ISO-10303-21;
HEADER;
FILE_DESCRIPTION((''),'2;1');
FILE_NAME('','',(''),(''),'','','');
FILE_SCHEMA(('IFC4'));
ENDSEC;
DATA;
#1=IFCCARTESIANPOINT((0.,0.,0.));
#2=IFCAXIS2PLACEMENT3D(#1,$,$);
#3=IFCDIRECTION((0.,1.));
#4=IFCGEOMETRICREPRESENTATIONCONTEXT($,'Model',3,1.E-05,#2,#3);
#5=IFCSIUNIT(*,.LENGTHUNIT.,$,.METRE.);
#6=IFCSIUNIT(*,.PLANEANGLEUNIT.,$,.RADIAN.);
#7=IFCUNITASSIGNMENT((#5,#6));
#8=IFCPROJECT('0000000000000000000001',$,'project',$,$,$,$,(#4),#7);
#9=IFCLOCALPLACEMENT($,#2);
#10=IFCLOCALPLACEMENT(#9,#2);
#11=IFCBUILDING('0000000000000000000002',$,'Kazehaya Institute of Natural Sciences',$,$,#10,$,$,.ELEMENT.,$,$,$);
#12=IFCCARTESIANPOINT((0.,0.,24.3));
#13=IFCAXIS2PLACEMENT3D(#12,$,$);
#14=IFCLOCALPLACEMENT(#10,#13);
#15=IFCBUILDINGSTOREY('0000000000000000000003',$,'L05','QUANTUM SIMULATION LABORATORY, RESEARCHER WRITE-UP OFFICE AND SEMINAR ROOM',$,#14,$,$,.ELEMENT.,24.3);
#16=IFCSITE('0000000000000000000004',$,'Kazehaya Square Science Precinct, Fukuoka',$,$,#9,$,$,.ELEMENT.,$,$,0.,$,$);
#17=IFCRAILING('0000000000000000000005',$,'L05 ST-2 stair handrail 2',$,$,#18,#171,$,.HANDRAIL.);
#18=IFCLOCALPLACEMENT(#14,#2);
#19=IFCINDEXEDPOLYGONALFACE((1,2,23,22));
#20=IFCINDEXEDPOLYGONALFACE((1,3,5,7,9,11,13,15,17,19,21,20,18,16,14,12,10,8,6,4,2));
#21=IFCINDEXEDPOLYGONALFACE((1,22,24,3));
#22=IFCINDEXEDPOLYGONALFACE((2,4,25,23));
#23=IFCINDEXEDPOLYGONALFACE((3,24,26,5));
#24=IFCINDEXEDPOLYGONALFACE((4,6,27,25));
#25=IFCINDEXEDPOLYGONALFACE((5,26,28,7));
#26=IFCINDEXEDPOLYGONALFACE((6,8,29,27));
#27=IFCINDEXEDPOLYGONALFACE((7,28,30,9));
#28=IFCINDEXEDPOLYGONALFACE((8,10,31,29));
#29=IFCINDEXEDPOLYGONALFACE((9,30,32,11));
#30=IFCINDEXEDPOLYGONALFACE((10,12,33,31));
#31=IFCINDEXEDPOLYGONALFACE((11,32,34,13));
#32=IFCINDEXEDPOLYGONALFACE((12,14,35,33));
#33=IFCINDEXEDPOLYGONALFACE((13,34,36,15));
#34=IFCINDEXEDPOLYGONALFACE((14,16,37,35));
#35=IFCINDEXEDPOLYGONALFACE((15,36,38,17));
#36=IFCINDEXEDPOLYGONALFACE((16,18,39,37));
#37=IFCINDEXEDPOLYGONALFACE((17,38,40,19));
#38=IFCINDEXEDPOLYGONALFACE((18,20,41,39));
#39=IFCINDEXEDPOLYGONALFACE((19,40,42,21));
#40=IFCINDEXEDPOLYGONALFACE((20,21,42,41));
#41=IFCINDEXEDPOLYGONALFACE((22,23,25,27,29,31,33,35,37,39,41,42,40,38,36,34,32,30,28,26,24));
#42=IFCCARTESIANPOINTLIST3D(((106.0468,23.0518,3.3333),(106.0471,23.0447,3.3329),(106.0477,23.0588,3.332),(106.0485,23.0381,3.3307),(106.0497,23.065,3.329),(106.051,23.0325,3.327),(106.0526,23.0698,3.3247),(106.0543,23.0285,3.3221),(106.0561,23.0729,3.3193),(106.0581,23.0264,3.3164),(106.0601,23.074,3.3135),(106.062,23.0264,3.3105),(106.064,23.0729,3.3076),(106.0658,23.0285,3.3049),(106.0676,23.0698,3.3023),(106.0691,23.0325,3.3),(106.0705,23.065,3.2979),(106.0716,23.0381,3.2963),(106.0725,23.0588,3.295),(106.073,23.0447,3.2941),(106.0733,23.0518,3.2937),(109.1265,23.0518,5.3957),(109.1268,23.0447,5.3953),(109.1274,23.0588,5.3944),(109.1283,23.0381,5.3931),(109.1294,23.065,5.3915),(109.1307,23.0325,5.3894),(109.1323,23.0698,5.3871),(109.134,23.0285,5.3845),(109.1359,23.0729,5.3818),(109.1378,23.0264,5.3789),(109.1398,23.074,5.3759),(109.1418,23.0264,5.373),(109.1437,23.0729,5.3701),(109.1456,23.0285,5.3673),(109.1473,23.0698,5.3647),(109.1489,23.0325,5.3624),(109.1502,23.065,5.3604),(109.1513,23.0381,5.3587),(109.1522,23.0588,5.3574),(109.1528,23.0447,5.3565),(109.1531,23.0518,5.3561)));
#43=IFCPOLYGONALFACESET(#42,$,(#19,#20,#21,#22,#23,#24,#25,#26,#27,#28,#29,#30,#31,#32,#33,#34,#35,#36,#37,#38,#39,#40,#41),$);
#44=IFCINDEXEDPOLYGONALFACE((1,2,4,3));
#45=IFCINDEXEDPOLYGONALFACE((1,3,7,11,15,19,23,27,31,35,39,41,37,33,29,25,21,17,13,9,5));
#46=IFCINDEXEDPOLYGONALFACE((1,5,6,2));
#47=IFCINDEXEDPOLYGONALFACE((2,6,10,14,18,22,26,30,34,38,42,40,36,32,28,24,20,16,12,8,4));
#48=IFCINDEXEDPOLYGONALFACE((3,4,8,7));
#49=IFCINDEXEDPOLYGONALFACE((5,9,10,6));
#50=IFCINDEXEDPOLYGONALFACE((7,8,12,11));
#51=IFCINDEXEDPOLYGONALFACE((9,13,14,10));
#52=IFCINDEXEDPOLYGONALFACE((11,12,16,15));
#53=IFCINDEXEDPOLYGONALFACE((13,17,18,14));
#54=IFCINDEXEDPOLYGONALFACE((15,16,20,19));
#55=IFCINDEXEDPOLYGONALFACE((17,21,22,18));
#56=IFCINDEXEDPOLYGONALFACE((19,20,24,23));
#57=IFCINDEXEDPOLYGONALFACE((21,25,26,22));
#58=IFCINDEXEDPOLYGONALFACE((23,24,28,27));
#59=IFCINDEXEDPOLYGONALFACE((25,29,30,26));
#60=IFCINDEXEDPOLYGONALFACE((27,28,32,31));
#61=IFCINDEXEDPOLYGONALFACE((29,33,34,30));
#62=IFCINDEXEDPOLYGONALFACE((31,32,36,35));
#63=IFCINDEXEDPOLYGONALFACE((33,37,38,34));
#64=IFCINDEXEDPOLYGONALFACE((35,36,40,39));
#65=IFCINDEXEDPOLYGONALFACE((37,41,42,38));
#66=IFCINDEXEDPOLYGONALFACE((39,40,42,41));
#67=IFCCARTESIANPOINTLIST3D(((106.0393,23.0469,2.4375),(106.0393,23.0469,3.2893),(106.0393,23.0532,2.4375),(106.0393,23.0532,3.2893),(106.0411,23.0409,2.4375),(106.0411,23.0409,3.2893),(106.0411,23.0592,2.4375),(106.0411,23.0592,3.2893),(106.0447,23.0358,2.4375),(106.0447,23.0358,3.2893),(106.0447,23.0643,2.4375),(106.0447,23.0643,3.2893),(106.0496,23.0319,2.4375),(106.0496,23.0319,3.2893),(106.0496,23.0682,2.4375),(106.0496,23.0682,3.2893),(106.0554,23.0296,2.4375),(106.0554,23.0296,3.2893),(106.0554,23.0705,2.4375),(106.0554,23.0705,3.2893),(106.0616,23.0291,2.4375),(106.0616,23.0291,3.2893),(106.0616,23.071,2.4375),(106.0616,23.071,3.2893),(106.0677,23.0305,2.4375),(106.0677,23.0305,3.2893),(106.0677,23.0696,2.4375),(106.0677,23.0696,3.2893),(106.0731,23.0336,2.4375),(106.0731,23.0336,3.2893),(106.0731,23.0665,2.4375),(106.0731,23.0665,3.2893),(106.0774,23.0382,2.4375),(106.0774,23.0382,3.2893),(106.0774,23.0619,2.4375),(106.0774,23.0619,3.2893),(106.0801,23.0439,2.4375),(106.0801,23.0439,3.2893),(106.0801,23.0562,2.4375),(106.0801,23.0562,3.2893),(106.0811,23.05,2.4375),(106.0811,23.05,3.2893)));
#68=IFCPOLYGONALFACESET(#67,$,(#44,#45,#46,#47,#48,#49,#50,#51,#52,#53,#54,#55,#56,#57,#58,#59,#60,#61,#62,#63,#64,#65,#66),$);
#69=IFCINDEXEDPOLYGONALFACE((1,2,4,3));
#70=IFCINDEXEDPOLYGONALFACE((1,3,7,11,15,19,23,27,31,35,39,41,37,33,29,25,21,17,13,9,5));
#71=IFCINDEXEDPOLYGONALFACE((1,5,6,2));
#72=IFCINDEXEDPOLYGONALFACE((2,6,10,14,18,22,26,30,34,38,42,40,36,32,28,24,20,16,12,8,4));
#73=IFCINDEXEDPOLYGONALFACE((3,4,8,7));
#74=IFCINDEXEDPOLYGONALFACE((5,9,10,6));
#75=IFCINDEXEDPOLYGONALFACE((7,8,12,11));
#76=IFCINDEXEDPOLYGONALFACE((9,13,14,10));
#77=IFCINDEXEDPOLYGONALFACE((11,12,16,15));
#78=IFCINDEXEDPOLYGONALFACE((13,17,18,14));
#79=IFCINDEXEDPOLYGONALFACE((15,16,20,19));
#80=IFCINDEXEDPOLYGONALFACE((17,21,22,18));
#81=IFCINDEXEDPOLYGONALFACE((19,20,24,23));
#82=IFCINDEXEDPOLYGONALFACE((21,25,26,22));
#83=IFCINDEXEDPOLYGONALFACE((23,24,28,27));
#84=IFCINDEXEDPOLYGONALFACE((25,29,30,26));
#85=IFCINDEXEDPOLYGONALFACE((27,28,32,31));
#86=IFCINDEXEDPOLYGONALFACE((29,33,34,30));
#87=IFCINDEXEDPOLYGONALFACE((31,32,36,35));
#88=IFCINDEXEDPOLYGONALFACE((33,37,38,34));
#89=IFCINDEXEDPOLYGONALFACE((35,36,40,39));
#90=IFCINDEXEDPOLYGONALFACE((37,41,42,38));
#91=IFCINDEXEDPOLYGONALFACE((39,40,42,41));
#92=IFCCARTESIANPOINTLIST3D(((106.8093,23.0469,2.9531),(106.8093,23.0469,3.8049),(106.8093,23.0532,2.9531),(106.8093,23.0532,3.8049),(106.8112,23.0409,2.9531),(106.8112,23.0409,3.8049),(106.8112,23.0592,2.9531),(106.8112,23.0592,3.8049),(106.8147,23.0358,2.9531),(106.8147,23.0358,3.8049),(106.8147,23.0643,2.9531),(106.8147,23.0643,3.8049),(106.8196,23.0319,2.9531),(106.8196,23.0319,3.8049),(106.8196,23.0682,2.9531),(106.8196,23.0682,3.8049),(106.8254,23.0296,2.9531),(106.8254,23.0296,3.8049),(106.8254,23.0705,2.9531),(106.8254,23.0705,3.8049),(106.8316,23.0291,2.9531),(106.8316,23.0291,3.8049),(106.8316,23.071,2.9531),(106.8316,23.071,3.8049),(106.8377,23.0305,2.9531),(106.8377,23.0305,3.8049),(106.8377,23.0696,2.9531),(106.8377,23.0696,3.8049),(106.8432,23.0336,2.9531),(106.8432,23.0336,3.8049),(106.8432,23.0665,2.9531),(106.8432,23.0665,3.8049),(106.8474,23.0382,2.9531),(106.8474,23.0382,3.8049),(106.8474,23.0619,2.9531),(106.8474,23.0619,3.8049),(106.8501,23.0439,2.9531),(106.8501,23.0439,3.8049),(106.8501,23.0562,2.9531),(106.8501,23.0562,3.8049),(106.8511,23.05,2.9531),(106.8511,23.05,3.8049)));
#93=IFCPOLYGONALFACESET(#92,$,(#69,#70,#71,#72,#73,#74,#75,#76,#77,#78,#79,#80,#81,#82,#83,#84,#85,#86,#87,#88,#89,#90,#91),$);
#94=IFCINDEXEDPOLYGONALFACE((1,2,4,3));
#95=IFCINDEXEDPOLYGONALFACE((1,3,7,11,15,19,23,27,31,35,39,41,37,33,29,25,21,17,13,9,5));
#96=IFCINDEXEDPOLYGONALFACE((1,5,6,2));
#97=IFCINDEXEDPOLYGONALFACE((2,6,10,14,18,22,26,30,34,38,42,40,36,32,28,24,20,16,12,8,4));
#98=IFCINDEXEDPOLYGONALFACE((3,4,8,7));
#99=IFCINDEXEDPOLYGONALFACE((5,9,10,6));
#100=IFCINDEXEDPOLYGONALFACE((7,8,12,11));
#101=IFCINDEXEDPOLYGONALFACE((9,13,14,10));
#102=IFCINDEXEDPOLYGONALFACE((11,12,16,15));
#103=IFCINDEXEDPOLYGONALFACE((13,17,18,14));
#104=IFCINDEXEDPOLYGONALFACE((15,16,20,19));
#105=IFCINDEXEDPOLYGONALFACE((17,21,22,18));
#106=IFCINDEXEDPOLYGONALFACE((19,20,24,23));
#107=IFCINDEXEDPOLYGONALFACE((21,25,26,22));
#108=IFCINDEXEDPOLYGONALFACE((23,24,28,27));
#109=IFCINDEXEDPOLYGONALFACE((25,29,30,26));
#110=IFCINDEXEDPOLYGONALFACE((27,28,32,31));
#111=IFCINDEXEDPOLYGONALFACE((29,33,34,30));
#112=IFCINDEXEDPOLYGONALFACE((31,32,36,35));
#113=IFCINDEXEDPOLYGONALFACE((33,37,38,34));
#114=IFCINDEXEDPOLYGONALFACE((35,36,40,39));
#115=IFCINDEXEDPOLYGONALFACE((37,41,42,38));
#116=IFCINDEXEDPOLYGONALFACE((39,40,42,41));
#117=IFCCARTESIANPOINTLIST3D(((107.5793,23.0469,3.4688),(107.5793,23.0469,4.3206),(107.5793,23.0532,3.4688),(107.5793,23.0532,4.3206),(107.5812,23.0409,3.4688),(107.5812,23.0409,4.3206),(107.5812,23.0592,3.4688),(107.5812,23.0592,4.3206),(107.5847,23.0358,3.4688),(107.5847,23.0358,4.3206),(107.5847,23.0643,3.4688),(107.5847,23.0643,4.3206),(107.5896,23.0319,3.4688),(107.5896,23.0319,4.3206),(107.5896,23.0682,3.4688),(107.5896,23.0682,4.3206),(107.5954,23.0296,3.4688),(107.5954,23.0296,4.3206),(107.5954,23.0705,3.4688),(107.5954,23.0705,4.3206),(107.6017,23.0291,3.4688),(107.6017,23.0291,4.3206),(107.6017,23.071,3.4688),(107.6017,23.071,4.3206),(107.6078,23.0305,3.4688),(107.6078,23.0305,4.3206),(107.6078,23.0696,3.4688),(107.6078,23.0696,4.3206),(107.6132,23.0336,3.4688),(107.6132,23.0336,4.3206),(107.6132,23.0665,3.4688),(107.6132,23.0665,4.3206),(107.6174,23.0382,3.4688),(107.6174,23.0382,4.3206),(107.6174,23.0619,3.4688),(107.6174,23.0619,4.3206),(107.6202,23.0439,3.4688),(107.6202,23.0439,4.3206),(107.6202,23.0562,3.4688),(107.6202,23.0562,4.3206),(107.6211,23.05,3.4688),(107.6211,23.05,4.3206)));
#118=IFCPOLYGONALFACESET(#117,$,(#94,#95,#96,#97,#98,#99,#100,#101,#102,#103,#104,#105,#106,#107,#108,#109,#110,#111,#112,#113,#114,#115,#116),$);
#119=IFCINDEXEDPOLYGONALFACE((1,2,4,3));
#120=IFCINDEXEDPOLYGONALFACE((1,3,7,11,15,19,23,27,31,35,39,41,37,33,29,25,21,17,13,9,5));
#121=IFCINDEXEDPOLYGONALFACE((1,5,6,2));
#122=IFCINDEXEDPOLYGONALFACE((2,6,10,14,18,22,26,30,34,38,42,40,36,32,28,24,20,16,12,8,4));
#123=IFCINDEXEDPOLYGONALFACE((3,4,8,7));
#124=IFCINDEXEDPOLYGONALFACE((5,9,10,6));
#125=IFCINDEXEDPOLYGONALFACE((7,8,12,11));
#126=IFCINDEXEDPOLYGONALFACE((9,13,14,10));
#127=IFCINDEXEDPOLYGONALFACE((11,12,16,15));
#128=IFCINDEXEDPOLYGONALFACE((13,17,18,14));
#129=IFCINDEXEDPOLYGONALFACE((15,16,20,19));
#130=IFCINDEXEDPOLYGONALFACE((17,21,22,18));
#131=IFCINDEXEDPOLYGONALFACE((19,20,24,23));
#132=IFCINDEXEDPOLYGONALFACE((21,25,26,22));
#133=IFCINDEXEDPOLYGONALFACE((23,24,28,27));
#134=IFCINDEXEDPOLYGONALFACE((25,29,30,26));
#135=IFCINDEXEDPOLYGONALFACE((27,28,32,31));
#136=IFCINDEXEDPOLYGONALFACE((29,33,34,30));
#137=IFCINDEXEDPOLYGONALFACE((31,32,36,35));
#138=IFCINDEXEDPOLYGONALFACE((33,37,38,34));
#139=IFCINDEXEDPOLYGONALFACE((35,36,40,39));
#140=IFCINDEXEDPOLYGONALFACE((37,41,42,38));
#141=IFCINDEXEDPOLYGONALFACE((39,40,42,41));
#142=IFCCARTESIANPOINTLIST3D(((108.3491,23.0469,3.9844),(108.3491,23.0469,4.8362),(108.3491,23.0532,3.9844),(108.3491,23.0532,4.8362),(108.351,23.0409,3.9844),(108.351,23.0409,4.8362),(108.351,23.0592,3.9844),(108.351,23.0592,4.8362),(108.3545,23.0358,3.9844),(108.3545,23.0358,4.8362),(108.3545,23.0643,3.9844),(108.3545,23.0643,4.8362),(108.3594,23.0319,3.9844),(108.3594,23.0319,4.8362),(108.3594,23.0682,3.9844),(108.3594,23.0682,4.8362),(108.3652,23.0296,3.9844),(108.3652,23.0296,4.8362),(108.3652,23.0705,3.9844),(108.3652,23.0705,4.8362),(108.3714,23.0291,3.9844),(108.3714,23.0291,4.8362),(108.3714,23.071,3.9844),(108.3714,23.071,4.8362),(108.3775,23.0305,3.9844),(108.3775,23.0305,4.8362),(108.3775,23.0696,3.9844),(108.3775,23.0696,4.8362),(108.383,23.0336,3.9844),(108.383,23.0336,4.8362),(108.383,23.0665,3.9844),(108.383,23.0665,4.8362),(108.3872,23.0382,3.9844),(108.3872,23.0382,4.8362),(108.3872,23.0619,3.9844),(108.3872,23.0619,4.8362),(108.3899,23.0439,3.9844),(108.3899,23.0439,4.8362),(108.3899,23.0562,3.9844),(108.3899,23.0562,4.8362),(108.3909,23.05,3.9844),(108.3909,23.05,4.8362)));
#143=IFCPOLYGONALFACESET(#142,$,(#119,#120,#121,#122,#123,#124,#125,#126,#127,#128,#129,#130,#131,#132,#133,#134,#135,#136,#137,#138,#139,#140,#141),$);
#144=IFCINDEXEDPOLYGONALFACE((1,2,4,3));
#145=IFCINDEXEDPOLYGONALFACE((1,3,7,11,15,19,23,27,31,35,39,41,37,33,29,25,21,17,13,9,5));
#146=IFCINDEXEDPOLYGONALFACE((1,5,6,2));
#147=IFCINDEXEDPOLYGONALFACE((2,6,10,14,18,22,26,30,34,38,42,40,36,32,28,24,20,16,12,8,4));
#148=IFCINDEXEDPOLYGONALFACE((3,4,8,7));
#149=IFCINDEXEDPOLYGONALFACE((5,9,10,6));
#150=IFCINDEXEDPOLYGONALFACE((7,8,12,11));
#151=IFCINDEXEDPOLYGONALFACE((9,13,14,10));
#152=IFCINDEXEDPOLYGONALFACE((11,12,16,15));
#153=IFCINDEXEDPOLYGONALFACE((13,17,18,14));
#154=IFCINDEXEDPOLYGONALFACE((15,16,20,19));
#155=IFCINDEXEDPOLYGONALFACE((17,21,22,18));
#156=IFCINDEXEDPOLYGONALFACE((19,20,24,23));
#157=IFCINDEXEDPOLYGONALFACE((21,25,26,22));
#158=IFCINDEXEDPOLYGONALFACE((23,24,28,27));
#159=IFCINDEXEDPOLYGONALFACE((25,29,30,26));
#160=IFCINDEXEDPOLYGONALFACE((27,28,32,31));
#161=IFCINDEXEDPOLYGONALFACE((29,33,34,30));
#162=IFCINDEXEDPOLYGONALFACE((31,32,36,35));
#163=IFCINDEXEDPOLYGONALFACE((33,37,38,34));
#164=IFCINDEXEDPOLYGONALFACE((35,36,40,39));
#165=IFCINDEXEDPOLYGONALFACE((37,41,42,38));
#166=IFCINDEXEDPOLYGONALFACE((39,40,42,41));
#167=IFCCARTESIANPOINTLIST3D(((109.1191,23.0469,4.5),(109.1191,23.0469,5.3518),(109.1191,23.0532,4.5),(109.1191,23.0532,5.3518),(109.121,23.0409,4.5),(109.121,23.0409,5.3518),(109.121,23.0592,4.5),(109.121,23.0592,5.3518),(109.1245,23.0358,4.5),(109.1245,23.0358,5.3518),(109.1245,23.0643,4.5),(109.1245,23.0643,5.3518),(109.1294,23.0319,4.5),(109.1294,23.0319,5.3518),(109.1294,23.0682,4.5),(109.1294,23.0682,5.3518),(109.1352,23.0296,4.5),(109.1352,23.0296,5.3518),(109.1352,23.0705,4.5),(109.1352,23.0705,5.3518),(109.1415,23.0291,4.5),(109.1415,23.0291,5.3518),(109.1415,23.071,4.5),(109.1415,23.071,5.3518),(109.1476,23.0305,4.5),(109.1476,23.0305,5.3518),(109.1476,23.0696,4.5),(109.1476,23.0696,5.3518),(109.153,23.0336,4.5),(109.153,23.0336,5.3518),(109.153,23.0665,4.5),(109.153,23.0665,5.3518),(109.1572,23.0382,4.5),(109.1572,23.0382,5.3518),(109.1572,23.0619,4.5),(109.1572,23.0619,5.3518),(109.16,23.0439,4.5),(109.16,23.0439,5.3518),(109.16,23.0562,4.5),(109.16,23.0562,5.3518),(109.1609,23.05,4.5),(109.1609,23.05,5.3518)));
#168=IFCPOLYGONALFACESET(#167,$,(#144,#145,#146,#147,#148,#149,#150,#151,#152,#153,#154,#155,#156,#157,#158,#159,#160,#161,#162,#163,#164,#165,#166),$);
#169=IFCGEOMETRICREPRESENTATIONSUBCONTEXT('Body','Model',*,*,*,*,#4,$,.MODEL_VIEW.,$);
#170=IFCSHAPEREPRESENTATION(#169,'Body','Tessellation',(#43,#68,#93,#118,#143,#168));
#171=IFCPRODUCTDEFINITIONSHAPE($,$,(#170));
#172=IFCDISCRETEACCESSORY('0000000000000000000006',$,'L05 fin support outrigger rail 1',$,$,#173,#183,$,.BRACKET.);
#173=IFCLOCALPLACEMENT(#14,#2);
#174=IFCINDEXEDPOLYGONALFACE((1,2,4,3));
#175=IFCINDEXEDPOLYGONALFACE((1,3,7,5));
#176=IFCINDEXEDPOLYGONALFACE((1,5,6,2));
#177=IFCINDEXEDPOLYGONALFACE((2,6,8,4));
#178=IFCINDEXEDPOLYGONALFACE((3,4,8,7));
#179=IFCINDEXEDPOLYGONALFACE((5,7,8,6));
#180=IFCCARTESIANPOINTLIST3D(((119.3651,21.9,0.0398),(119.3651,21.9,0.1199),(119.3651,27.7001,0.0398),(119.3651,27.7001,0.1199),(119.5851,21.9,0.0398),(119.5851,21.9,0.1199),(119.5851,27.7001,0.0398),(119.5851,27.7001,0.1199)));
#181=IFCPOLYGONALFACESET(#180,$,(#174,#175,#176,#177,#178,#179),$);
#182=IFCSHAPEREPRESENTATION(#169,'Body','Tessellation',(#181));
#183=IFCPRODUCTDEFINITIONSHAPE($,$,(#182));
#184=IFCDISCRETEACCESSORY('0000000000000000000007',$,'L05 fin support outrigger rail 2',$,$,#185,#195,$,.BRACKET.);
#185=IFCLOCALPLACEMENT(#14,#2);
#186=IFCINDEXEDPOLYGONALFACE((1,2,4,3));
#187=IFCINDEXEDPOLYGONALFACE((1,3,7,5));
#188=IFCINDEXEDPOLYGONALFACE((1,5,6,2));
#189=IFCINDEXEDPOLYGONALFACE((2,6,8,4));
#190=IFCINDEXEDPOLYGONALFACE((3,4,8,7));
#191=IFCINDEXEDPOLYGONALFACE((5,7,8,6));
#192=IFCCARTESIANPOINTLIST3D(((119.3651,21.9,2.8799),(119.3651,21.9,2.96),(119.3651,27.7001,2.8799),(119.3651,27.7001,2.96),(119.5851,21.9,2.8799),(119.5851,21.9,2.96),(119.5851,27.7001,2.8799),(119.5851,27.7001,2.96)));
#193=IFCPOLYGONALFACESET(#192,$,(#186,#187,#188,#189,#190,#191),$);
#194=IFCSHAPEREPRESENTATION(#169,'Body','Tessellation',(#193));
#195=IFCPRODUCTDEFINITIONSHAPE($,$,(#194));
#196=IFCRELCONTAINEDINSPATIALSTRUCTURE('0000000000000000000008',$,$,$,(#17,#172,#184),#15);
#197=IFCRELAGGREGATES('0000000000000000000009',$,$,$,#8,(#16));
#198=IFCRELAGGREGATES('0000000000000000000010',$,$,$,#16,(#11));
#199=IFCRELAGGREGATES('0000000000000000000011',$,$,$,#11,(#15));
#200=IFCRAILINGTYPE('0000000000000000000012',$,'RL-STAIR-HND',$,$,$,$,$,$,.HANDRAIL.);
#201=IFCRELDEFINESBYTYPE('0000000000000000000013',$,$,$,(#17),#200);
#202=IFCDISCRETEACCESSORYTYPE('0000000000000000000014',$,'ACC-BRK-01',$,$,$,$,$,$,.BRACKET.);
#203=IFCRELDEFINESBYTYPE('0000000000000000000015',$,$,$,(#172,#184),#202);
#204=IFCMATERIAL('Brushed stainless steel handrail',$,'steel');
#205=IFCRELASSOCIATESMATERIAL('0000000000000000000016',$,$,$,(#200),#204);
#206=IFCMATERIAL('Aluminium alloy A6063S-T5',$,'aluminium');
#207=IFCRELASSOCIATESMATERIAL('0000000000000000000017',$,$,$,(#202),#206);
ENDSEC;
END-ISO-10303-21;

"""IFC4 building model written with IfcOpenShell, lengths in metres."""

from ifc_helpers import new_model, si_unit, direction, frame, origin, origin_2d, place, context, subcontext, project, spatial, rectangle, circle, extrude, material, type_object, element, save


model = new_model("IFC4")

# Units and contexts
model_context = context("Model", 3, precision=1e-05, world=origin(), true_north=direction((0.0, 1.0)))
body_context = subcontext(model_context, "Body", "Model", "MODEL_VIEW")
ifc_project = project(units=[si_unit("LENGTHUNIT", "METRE"), si_unit("PLANEANGLEUNIT", "RADIAN")], contexts=[model_context])

# Site, building, storey
site_placement = place(None, origin())
site = spatial("IfcSite", under=ifc_project, at=site_placement, Name="Kazehaya Square Science Precinct, Fukuoka", CompositionType="ELEMENT", RefElevation=0.0)
building_placement = place(site_placement, origin())
building = spatial("IfcBuilding", under=site, at=building_placement, Name="Kazehaya Institute of Natural Sciences", CompositionType="ELEMENT")
storey_placement = place(building_placement, frame((0.0, 0.0, 24.3)))
storey = spatial("IfcBuildingStorey", under=building, at=storey_placement, Name="L05", Description="QUANTUM SIMULATION LABORATORY, RESEARCHER WRITE-UP OFFICE AND SEMINAR ROOM", CompositionType="ELEMENT", Elevation=24.3)

# Shared definitions
ifc_material_1 = material(Name="Aluminium alloy A6063S-T5", Category="aluminium")

# Railing
ifc_material_2 = material(Name="Brushed stainless steel handrail", Category="steel")
railing_type_1 = type_object("IfcRailingType", Name="RL-STAIR-HND", PredefinedType="HANDRAIL", material=ifc_material_2)
railing_1_placement = place(storey_placement, frame((106.0601, 23.05, 2.4375)))
element("IfcRailing", 1, at=railing_1_placement, inside=storey, type_object=railing_type_1, Name="L05 ST-2 stair handrail 2", PredefinedType="HANDRAIL", context=body_context, shape_type="SweptSolid", body=[
    extrude(circle(Radius=0.0239, at=origin_2d()), frame((0.0, 0.0, 0.876), z_axis=(0.830893, 0.0, 0.556432), x_axis=(0.0, 1.0, 0.0)), (0.0, 0.0, 1.0), 3.7065),
    extrude(circle(Radius=0.021, at=origin_2d()), origin(), (0.0, 0.0, 1.0), 0.8518),
    extrude(circle(Radius=0.021, at=origin_2d()), frame((0.77, 0.0, 0.5156)), (0.0, 0.0, 1.0), 0.8518),
    extrude(circle(Radius=0.021, at=origin_2d()), frame((1.54, 0.0, 1.0312)), (0.0, 0.0, 1.0), 0.8518),
    extrude(circle(Radius=0.021, at=origin_2d()), frame((2.3098, 0.0, 1.5469)), (0.0, 0.0, 1.0), 0.8518),
    extrude(circle(Radius=0.021, at=origin_2d()), frame((3.0798, 0.0, 2.0625)), (0.0, 0.0, 1.0), 0.8518),
])

# Discrete accessories
discrete_accessory_type = type_object("IfcDiscreteAccessoryType", Name="ACC-BRK-01", PredefinedType="BRACKET", material=ifc_material_1)
for number, where, z_axis, x_axis, name in (
    (2, (119.4751, 24.8, 0.0398), (0.0, 0.0, 1.0), (0.0, -1.0, 0.0), "L05 fin support outrigger rail 1"),
    (3, (119.4751, 24.8, 2.8799), (0.0, 0.0, 1.0), (0.0, -1.0, 0.0), "L05 fin support outrigger rail 2"),
):
    element("IfcDiscreteAccessory", number, at=place(storey_placement, frame(where, z_axis=z_axis, x_axis=x_axis)), inside=storey, type_object=discrete_accessory_type, Name=name, PredefinedType="BRACKET", context=body_context, shape_type="SweptSolid", body=[
        extrude(rectangle(XDim=5.8, YDim=0.22, at=origin_2d()), origin(), (0.0, 0.0, 1.0), 0.0801),
    ])

save(model, "model.ifc")
